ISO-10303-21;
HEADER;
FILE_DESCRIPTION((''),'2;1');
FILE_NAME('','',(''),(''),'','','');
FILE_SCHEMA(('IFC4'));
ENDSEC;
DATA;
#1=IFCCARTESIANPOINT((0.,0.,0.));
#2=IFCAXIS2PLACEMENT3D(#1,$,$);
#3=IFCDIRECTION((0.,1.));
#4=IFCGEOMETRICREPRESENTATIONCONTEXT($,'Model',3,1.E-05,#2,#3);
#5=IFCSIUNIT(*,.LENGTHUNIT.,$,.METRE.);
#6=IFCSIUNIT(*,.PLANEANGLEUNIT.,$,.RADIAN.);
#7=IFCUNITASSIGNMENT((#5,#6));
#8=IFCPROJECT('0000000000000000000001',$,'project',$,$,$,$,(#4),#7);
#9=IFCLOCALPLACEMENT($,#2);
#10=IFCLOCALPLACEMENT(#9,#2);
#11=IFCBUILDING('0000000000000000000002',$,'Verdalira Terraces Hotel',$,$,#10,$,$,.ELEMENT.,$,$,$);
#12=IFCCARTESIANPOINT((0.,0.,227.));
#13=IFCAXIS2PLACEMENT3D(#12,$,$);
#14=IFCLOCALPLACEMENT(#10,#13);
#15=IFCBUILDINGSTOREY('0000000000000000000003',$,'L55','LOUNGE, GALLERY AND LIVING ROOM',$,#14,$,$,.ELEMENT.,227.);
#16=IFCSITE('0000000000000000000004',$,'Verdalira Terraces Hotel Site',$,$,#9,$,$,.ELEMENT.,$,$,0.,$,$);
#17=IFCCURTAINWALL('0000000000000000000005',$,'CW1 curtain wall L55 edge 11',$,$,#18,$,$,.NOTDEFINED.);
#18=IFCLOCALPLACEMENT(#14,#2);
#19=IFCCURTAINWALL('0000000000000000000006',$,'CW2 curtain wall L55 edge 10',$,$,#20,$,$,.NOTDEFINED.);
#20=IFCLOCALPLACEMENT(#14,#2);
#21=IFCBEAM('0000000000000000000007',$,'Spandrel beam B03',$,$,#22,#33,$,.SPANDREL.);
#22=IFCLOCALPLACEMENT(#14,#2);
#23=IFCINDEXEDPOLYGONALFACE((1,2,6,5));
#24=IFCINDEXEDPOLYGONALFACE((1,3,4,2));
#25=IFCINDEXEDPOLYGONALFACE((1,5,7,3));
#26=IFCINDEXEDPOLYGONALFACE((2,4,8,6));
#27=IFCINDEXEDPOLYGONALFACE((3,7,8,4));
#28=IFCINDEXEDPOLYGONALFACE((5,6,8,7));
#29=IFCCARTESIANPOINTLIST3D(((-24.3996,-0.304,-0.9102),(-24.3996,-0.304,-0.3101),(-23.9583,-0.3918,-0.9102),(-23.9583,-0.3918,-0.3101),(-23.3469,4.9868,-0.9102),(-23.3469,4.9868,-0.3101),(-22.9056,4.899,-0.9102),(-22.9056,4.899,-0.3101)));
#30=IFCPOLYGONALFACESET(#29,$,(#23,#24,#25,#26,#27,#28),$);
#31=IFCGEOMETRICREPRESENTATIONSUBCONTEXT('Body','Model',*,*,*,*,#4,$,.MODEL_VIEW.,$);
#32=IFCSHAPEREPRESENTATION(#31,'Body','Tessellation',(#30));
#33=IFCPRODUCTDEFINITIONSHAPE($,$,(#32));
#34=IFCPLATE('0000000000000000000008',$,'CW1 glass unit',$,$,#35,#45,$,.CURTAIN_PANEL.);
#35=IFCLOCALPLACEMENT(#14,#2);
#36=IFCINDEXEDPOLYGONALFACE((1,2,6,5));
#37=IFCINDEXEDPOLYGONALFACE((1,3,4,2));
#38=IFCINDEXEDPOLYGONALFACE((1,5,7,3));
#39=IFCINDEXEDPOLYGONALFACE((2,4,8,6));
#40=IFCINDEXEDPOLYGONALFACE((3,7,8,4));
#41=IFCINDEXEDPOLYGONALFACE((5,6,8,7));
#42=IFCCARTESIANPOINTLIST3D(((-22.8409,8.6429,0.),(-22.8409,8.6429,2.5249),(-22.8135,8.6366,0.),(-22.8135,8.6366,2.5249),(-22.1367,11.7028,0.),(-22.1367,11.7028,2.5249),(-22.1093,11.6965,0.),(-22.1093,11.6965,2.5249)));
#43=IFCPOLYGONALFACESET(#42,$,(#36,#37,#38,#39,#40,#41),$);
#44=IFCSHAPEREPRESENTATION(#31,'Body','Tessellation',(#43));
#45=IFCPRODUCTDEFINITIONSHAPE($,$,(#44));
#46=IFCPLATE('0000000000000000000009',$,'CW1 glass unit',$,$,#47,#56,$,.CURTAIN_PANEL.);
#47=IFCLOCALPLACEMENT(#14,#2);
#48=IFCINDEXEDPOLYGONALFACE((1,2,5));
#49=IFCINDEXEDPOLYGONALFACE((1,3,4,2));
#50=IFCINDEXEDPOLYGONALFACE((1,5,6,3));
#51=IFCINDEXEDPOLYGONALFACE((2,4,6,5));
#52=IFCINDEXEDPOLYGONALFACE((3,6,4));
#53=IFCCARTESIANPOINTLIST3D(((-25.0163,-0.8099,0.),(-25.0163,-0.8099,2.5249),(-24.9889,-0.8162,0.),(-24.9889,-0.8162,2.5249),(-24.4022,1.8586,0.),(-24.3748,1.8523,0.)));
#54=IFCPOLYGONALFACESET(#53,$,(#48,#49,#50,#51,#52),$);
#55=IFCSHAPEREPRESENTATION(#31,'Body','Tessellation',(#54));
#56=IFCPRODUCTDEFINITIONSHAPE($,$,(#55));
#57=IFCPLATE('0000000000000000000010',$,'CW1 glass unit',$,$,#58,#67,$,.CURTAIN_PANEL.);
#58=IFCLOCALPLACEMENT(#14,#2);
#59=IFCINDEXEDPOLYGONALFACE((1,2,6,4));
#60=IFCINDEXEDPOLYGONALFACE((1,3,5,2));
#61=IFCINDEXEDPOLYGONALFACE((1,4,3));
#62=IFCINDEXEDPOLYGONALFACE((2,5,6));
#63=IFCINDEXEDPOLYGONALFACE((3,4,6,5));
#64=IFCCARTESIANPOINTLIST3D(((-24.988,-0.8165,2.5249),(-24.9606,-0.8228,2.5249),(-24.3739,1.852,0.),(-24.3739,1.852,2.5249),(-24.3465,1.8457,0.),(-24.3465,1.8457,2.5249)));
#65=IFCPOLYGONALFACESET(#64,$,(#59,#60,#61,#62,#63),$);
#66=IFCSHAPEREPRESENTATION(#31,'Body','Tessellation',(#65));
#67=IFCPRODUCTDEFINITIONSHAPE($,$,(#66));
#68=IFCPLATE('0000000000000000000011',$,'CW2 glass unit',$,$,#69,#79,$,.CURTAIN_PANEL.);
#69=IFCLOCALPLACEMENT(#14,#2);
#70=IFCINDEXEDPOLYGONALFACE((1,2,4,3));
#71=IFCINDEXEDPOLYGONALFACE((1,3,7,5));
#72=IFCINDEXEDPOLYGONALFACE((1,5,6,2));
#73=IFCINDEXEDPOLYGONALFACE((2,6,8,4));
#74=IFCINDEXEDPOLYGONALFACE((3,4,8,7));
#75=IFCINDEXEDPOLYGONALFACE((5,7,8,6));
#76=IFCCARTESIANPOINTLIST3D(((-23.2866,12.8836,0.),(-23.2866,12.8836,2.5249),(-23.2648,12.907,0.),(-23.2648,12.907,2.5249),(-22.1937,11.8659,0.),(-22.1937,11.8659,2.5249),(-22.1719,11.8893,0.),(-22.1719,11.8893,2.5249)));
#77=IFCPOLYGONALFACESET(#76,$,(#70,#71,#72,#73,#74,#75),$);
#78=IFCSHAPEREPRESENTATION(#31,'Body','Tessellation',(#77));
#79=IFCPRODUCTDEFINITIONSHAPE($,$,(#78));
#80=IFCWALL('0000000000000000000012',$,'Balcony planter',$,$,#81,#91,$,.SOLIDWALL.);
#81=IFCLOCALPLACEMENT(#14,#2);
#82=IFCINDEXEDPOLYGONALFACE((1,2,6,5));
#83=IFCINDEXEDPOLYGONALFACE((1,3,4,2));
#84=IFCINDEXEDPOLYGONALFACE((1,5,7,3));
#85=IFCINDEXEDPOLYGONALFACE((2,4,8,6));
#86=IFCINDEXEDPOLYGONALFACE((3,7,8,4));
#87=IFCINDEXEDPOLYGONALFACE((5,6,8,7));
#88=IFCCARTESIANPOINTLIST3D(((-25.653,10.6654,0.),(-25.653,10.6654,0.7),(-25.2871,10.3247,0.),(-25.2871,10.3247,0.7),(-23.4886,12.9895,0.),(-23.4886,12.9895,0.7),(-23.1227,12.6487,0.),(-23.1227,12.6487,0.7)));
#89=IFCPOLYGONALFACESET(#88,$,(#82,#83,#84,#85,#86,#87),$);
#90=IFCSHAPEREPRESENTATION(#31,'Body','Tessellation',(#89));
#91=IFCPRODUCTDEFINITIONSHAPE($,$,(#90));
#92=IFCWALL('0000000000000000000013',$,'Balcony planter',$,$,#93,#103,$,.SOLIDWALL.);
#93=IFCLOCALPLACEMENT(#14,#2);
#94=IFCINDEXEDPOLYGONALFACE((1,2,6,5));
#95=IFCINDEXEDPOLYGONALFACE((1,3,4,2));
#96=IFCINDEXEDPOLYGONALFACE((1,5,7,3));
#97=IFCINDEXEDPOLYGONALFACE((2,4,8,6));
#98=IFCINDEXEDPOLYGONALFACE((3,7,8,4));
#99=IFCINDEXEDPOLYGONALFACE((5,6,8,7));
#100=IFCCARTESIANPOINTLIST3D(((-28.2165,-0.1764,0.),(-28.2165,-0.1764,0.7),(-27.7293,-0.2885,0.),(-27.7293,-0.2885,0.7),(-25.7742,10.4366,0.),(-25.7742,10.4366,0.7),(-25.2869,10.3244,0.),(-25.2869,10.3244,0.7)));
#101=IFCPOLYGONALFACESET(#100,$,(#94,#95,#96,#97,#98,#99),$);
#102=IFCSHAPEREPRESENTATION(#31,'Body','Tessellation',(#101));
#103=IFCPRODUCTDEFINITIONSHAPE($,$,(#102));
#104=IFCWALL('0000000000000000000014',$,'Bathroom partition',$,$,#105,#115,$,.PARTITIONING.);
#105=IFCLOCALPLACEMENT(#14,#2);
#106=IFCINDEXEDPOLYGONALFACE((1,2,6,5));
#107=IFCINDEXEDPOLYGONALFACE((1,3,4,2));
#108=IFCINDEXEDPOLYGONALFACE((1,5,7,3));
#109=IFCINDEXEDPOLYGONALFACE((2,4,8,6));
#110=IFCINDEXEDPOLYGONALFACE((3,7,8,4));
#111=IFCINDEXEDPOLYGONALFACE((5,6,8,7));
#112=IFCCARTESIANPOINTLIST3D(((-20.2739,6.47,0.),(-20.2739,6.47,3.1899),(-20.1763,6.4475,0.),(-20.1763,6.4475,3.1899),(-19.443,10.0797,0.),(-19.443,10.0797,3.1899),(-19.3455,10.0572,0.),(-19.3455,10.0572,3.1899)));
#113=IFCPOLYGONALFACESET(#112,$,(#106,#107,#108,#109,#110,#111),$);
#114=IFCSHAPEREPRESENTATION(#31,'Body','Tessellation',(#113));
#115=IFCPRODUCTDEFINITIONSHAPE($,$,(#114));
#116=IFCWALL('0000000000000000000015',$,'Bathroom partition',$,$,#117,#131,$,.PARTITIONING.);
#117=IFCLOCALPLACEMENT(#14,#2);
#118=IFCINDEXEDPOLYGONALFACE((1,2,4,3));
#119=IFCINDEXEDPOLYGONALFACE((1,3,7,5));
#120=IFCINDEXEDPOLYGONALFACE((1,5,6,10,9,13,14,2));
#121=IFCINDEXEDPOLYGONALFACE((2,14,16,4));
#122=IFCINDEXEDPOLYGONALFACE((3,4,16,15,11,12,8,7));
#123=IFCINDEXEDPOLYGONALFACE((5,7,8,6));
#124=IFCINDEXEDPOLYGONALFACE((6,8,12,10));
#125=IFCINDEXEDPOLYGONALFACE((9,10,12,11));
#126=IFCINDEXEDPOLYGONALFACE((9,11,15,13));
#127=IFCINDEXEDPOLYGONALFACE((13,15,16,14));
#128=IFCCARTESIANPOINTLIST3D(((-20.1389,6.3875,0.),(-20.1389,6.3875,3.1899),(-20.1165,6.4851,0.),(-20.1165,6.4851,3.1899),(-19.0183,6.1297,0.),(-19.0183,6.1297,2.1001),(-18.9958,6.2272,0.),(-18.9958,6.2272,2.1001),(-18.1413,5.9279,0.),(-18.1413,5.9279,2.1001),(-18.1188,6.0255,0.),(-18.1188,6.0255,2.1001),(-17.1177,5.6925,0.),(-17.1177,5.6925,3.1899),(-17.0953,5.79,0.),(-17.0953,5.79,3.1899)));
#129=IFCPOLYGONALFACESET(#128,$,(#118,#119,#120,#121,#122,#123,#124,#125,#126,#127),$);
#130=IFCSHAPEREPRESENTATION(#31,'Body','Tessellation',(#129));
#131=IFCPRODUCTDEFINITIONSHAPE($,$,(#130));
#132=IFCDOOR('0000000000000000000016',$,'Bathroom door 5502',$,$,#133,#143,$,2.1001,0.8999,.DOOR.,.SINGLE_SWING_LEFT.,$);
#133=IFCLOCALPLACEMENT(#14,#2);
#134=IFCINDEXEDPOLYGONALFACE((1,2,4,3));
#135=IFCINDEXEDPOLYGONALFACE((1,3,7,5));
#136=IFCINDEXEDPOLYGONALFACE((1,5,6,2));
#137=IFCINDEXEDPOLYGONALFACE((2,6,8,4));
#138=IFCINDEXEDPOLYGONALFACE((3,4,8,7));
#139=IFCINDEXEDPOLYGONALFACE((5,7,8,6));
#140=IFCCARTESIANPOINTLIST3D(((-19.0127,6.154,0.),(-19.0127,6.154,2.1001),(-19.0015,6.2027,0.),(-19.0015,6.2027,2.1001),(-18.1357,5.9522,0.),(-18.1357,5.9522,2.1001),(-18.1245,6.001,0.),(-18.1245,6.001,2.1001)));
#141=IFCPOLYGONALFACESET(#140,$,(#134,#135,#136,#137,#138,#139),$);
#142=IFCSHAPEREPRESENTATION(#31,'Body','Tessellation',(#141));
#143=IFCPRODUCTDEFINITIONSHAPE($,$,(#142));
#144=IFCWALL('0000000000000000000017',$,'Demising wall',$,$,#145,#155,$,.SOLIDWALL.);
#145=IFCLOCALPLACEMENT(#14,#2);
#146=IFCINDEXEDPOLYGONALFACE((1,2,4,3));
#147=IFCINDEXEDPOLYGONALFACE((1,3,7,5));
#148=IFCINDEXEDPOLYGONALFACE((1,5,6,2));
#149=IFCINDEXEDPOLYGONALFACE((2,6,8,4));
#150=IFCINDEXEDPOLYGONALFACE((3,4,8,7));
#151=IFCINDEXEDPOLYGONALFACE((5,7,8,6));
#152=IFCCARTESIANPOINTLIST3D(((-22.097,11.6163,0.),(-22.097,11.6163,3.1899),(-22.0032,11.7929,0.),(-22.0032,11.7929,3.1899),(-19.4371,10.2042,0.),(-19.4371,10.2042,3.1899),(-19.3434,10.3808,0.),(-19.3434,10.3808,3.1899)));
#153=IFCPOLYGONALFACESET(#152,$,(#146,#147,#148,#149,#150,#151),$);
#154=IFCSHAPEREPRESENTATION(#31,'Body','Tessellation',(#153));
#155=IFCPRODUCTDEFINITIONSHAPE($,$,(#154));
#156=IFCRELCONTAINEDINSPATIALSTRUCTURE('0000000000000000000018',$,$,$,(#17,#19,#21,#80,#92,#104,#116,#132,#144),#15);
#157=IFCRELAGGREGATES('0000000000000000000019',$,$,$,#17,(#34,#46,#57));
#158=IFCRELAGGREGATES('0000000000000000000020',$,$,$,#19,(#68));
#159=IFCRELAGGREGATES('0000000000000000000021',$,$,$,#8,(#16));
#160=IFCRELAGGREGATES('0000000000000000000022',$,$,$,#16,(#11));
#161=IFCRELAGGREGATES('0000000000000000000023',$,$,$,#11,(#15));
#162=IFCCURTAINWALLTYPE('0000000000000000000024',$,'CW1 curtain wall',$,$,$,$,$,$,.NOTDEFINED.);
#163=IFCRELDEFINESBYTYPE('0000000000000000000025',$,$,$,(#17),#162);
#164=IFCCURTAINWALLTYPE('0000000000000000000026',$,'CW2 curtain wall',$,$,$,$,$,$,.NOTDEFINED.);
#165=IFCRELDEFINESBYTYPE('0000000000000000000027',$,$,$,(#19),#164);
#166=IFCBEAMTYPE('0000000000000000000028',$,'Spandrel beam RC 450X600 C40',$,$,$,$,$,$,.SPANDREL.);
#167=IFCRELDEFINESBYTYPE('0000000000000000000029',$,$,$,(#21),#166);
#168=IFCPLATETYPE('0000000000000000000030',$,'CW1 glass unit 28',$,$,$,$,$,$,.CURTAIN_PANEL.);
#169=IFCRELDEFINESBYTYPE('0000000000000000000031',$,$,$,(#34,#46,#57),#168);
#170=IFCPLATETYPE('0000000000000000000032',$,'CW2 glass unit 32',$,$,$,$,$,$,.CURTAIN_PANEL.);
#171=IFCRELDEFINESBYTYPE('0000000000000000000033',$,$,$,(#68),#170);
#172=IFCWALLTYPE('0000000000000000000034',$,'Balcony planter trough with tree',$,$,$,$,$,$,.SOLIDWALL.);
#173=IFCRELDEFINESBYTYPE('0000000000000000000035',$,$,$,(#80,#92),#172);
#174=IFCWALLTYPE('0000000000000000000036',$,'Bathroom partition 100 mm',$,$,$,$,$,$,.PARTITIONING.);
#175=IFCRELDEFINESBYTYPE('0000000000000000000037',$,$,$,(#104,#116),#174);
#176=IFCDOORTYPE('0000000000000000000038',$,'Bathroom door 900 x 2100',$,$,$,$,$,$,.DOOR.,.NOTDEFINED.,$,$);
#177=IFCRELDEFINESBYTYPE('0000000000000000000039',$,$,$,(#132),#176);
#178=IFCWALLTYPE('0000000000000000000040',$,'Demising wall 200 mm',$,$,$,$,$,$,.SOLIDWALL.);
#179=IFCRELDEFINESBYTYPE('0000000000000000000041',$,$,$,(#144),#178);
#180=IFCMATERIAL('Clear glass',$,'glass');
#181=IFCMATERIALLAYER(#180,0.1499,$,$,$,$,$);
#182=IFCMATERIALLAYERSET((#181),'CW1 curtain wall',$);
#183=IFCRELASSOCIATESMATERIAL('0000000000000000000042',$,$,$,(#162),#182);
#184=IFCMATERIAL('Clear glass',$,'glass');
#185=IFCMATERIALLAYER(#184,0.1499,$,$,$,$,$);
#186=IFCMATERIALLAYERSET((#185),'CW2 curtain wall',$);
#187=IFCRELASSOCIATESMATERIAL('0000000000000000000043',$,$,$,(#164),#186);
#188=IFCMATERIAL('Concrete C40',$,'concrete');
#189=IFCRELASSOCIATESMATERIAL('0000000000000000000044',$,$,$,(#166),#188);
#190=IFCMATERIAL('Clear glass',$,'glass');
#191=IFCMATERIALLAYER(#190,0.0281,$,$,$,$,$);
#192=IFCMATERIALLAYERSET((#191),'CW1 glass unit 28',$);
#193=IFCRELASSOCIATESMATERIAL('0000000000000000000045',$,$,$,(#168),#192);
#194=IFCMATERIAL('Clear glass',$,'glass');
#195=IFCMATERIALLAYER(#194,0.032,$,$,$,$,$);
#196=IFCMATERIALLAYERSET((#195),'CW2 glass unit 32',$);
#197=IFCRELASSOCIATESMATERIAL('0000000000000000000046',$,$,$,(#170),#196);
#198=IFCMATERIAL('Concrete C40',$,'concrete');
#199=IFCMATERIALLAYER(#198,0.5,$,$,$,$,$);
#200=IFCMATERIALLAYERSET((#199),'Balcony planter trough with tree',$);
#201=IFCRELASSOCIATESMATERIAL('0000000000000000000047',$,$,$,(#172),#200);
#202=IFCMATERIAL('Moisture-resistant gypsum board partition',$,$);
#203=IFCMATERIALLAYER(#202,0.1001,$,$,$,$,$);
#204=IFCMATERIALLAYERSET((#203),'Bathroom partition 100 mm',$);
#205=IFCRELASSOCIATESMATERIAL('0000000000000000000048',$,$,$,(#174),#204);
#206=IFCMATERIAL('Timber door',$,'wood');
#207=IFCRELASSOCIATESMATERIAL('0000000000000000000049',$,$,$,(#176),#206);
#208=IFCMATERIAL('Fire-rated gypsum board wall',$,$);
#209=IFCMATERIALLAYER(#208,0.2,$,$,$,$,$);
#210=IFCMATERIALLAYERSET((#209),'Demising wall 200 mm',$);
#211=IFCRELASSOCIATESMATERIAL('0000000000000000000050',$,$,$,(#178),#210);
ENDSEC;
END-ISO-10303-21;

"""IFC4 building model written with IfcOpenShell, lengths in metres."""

from ifc_helpers import new_model, si_unit, direction, frame, frame_2d, origin, origin_2d, place, context, subcontext, project, spatial, polyline, rectangle, outline, extrude, material, layer, layer_set, material_profile, profile_set, type_object, element, fill, aggregate, save


model = new_model("IFC4")

# Units and contexts
model_context = context("Model", 3, precision=1e-05, world=origin(), true_north=direction((0.0, 1.0)))
body_context = subcontext(model_context, "Body", "Model", "MODEL_VIEW")
ifc_project = project(units=[si_unit("LENGTHUNIT", "METRE"), si_unit("PLANEANGLEUNIT", "RADIAN")], contexts=[model_context])

# Site, building, storey
site_placement = place(None, origin())
site = spatial("IfcSite", under=ifc_project, at=site_placement, Name="Verdalira Terraces Hotel Site", CompositionType="ELEMENT", RefElevation=0.0)
building_placement = place(site_placement, origin())
building = spatial("IfcBuilding", under=site, at=building_placement, Name="Verdalira Terraces Hotel", CompositionType="ELEMENT")
storey_placement = place(building_placement, frame((0.0, 0.0, 227.0)))
storey = spatial("IfcBuildingStorey", under=building, at=storey_placement, Name="L55", Description="LOUNGE, GALLERY AND LIVING ROOM", CompositionType="ELEMENT", Elevation=227.0)

# Curtain walls
ifc_material_1 = material(Name="Clear glass", Category="glass")
ifc_layer_1 = layer(ifc_material_1, 0.1499)
ifc_layer_set_1 = layer_set([ifc_layer_1], Name="CW1 curtain wall")
curtain_wall_type_1 = type_object("IfcCurtainWallType", Name="CW1 curtain wall", PredefinedType="NOTDEFINED", material=ifc_layer_set_1)
curtain_wall_1_placement = place(storey_placement, origin())
curtain_wall_1 = element("IfcCurtainWall", 1, at=curtain_wall_1_placement, inside=storey, type_object=curtain_wall_type_1, Name="CW1 curtain wall L55 edge 11", PredefinedType="NOTDEFINED")
ifc_material_2 = material(Name="Clear glass", Category="glass")
ifc_layer_2 = layer(ifc_material_2, 0.1499)
ifc_layer_set_2 = layer_set([ifc_layer_2], Name="CW2 curtain wall")
curtain_wall_type_2 = type_object("IfcCurtainWallType", Name="CW2 curtain wall", PredefinedType="NOTDEFINED", material=ifc_layer_set_2)
curtain_wall_2_placement = place(storey_placement, origin())
curtain_wall_2 = element("IfcCurtainWall", 2, at=curtain_wall_2_placement, inside=storey, type_object=curtain_wall_type_2, Name="CW2 curtain wall L55 edge 10", PredefinedType="NOTDEFINED")

# Beam
ifc_material_3 = material(Name="Concrete C40", Category="concrete")
ifc_material_profile_1 = material_profile(ifc_material_3, rectangle(XDim=0.45, YDim=0.6001, at=origin_2d()), Name="RC 450X600")
ifc_profile_set_1 = profile_set([ifc_material_profile_1], Name="Concrete C40")
beam_type_1 = type_object("IfcBeamType", Name="Spandrel beam RC 450X600 C40", PredefinedType="SPANDREL", material=ifc_profile_set_1)
beam_1_placement = place(storey_placement, frame((-23.1262, 4.9429, -0.6101), z_axis=(-0.19515, -0.980773, 0.0), x_axis=(0.980773, -0.19515, 0.0)))
element("IfcBeam", 3, at=beam_1_placement, inside=storey, type_object=beam_type_1, Name="Spandrel beam B03", PredefinedType="SPANDREL", context=body_context, shape_type="SweptSolid", body=[
    extrude(rectangle(XDim=0.45, YDim=0.6001, at=origin_2d()), origin(), (0.0, 0.0, 1.0), 5.3945),
])

# Plates
ifc_material_4 = material(Name="Clear glass", Category="glass")
ifc_layer_3 = layer(ifc_material_4, 0.0281)
ifc_layer_set_3 = layer_set([ifc_layer_3], Name="CW1 glass unit 28")
plate_type_1 = type_object("IfcPlateType", Name="CW1 glass unit 28", PredefinedType="CURTAIN_PANEL", material=ifc_layer_set_3)
plate_1_placement = place(storey_placement, frame((-22.4751, 10.1697, 0.0), z_axis=(0.0, 0.0, 1.0), x_axis=(-0.224271, -0.974527, 0.0)))
plate_1 = element("IfcPlate", 4, at=plate_1_placement, type_object=plate_type_1, Name="CW1 glass unit", PredefinedType="CURTAIN_PANEL", context=body_context, shape_type="SweptSolid", body=[
    extrude(rectangle(XDim=3.1399, YDim=0.0281, at=origin_2d()), origin(), (0.0, 0.0, 1.0), 2.5249),
])
plate_2_placement = place(storey_placement, frame((-24.6819, 0.5181, 1.2625), z_axis=(-0.974527, 0.224271, 0.0), x_axis=(-0.224271, -0.974527, 0.0)))
plate_2 = element("IfcPlate", 5, at=plate_2_placement, type_object=plate_type_1, Name="CW1 glass unit", PredefinedType="CURTAIN_PANEL", context=body_context, shape_type="SweptSolid", body=[
    extrude(outline(polyline([(-1.3691, -1.2625), (1.3691, -1.2625), (1.3691, 1.2625), (-1.3691, -1.2625)])), origin(), (0.0, 0.0, 1.0), 0.0281),
])
plate_3_placement = place(storey_placement, frame((-24.6536, 0.5115, 1.2625), z_axis=(-0.974527, 0.224271, 0.0), x_axis=(-0.224271, -0.974527, 0.0)))
plate_3 = element("IfcPlate", 6, at=plate_3_placement, type_object=plate_type_1, Name="CW1 glass unit", PredefinedType="CURTAIN_PANEL", context=body_context, shape_type="SweptSolid", body=[
    extrude(outline(polyline([(-1.3691, -1.2625), (1.3691, 1.2625), (-1.3691, 1.2625), (-1.3691, -1.2625)])), origin(), (0.0, 0.0, 1.0), 0.0281),
])
aggregate(curtain_wall_1, [plate_1, plate_2, plate_3])
ifc_material_5 = material(Name="Clear glass", Category="glass")
ifc_layer_4 = layer(ifc_material_5, 0.032)
ifc_layer_set_4 = layer_set([ifc_layer_4], Name="CW2 glass unit 32")
plate_type_2 = type_object("IfcPlateType", Name="CW2 glass unit 32", PredefinedType="CURTAIN_PANEL", material=ifc_layer_set_4)
plate_4_placement = place(storey_placement, frame((-22.7292, 12.3865, 0.0), z_axis=(0.0, 0.0, 1.0), x_axis=(0.73183, -0.681488, 0.0)))
plate_4 = element("IfcPlate", 7, at=plate_4_placement, type_object=plate_type_2, Name="CW2 glass unit", PredefinedType="CURTAIN_PANEL", context=body_context, shape_type="SweptSolid", body=[
    extrude(rectangle(XDim=1.4934, YDim=0.032, at=origin_2d()), origin(), (0.0, 0.0, 1.0), 2.5249),
])
aggregate(curtain_wall_2, [plate_4])

# Walls
ifc_material_6 = material(Name="Concrete C40", Category="concrete")
ifc_layer_5 = layer(ifc_material_6, 0.5)
ifc_layer_set_5 = layer_set([ifc_layer_5], Name="Balcony planter trough with tree")
wall_type_1 = type_object("IfcWallType", Name="Balcony planter trough with tree", PredefinedType="SOLIDWALL", material=ifc_layer_set_5)
wall_1_placement = place(storey_placement, frame((-23.3057, 12.8191, 0.0), z_axis=(0.0, 0.0, 1.0), x_axis=(-0.681521, -0.731799, 0.0)))
element("IfcWall", 8, at=wall_1_placement, inside=storey, type_object=wall_type_1, Name="Balcony planter", PredefinedType="SOLIDWALL", context=body_context, shape_type="SweptSolid", body=[
    extrude(rectangle(XDim=3.1758, YDim=0.5, at=frame_2d((1.5879, 0.0))), origin(), (0.0, 0.0, 1.0), 0.7),
])
wall_2_placement = place(storey_placement, frame((-25.5305, 10.3806, 0.0), z_axis=(0.0, 0.0, 1.0), x_axis=(-0.224268, -0.974527, 0.0)))
element("IfcWall", 9, at=wall_2_placement, inside=storey, type_object=wall_type_1, Name="Balcony planter", PredefinedType="SOLIDWALL", context=body_context, shape_type="SweptSolid", body=[
    extrude(rectangle(XDim=10.8904, YDim=0.5, at=frame_2d((5.4453, 0.0))), origin(), (0.0, 0.0, 1.0), 0.7),
])
ifc_material_7 = material(Name="Moisture-resistant gypsum board partition")
ifc_layer_6 = layer(ifc_material_7, 0.1001)
ifc_layer_set_6 = layer_set([ifc_layer_6], Name="Bathroom partition 100 mm")
wall_type_2 = type_object("IfcWallType", Name="Bathroom partition 100 mm", PredefinedType="PARTITIONING", material=ifc_layer_set_6)
wall_3_placement = place(storey_placement, frame((-20.2251, 6.4587, 0.0), z_axis=(0.0, 0.0, 1.0), x_axis=(0.224301, 0.97452, 0.0)))
element("IfcWall", 10, at=wall_3_placement, inside=storey, type_object=wall_type_2, Name="Bathroom partition", PredefinedType="PARTITIONING", context=body_context, shape_type="SweptSolid", body=[
    extrude(rectangle(XDim=3.7041, YDim=0.1001, at=frame_2d((1.8521, 0.0))), origin(), (0.0, 0.0, 1.0), 3.1899),
])

# Wall, opening, door
wall_4_placement = place(storey_placement, frame((-20.1277, 6.4363, 0.0), z_axis=(0.0, 0.0, 1.0), x_axis=(0.974542, -0.224204, 0.0)))
wall_4 = element("IfcWall", 11, at=wall_4_placement, inside=storey, type_object=wall_type_2, Name="Bathroom partition", PredefinedType="PARTITIONING", context=body_context, shape_type="SweptSolid", body=[
    extrude(rectangle(XDim=3.1001, YDim=0.1001, at=frame_2d((1.55, 0.0))), origin(), (0.0, 0.0, 1.0), 3.1899),
])
opening_1_placement = place(wall_4_placement, frame((1.1499, 0.0, 0.0)))
opening_1 = element("IfcOpeningElement", 12, at=opening_1_placement, cuts=wall_4, PredefinedType="OPENING", context=body_context, shape_type="SweptSolid", body=[
    extrude(rectangle(XDim=0.8999, YDim=2.1001, at=frame_2d((0.45, 1.05))), frame((0.0, 0.0601, 0.0), z_axis=(0.0, -1.0, 0.0), x_axis=(1.0, 0.0, 0.0)), (0.0, 0.0, 1.0), 0.1201),
])
ifc_material_8 = material(Name="Timber door", Category="wood")
door_type_1 = type_object("IfcDoorType", Name="Bathroom door 900 x 2100", OperationType="NOTDEFINED", PredefinedType="DOOR", material=ifc_material_8)
door_1_placement = place(opening_1_placement, origin())
door_1 = element("IfcDoor", 13, at=door_1_placement, inside=storey, type_object=door_type_1, Name="Bathroom door 5502", OperationType="SINGLE_SWING_LEFT", OverallHeight=2.1001, OverallWidth=0.8999, PredefinedType="DOOR", context=body_context, shape_type="SweptSolid", body=[
    extrude(rectangle(XDim=0.8999, YDim=2.1001, at=frame_2d((0.45, 1.05))), frame((0.0, 0.0249, 0.0), z_axis=(0.0, -1.0, 0.0), x_axis=(1.0, 0.0, 0.0)), (0.0, 0.0, 1.0), 0.05),
])
fill(opening_1, door_1)

# Wall
ifc_material_9 = material(Name="Fire-rated gypsum board wall")
ifc_layer_7 = layer(ifc_material_9, 0.2)
ifc_layer_set_7 = layer_set([ifc_layer_7], Name="Demising wall 200 mm")
wall_type_3 = type_object("IfcWallType", Name="Demising wall 200 mm", PredefinedType="SOLIDWALL", material=ifc_layer_set_7)
wall_5_placement = place(storey_placement, frame((-19.3901, 10.2925, 0.0), z_axis=(0.0, 0.0, 1.0), x_axis=(-0.883249, 0.468904, 0.0)))
element("IfcWall", 14, at=wall_5_placement, inside=storey, type_object=wall_type_3, Name="Demising wall", PredefinedType="SOLIDWALL", context=body_context, shape_type="SweptSolid", body=[
    extrude(rectangle(XDim=3.0115, YDim=0.2, at=frame_2d((1.5059, 0.0))), origin(), (0.0, 0.0, 1.0), 3.1899),
])

save(model, "model.ifc")
